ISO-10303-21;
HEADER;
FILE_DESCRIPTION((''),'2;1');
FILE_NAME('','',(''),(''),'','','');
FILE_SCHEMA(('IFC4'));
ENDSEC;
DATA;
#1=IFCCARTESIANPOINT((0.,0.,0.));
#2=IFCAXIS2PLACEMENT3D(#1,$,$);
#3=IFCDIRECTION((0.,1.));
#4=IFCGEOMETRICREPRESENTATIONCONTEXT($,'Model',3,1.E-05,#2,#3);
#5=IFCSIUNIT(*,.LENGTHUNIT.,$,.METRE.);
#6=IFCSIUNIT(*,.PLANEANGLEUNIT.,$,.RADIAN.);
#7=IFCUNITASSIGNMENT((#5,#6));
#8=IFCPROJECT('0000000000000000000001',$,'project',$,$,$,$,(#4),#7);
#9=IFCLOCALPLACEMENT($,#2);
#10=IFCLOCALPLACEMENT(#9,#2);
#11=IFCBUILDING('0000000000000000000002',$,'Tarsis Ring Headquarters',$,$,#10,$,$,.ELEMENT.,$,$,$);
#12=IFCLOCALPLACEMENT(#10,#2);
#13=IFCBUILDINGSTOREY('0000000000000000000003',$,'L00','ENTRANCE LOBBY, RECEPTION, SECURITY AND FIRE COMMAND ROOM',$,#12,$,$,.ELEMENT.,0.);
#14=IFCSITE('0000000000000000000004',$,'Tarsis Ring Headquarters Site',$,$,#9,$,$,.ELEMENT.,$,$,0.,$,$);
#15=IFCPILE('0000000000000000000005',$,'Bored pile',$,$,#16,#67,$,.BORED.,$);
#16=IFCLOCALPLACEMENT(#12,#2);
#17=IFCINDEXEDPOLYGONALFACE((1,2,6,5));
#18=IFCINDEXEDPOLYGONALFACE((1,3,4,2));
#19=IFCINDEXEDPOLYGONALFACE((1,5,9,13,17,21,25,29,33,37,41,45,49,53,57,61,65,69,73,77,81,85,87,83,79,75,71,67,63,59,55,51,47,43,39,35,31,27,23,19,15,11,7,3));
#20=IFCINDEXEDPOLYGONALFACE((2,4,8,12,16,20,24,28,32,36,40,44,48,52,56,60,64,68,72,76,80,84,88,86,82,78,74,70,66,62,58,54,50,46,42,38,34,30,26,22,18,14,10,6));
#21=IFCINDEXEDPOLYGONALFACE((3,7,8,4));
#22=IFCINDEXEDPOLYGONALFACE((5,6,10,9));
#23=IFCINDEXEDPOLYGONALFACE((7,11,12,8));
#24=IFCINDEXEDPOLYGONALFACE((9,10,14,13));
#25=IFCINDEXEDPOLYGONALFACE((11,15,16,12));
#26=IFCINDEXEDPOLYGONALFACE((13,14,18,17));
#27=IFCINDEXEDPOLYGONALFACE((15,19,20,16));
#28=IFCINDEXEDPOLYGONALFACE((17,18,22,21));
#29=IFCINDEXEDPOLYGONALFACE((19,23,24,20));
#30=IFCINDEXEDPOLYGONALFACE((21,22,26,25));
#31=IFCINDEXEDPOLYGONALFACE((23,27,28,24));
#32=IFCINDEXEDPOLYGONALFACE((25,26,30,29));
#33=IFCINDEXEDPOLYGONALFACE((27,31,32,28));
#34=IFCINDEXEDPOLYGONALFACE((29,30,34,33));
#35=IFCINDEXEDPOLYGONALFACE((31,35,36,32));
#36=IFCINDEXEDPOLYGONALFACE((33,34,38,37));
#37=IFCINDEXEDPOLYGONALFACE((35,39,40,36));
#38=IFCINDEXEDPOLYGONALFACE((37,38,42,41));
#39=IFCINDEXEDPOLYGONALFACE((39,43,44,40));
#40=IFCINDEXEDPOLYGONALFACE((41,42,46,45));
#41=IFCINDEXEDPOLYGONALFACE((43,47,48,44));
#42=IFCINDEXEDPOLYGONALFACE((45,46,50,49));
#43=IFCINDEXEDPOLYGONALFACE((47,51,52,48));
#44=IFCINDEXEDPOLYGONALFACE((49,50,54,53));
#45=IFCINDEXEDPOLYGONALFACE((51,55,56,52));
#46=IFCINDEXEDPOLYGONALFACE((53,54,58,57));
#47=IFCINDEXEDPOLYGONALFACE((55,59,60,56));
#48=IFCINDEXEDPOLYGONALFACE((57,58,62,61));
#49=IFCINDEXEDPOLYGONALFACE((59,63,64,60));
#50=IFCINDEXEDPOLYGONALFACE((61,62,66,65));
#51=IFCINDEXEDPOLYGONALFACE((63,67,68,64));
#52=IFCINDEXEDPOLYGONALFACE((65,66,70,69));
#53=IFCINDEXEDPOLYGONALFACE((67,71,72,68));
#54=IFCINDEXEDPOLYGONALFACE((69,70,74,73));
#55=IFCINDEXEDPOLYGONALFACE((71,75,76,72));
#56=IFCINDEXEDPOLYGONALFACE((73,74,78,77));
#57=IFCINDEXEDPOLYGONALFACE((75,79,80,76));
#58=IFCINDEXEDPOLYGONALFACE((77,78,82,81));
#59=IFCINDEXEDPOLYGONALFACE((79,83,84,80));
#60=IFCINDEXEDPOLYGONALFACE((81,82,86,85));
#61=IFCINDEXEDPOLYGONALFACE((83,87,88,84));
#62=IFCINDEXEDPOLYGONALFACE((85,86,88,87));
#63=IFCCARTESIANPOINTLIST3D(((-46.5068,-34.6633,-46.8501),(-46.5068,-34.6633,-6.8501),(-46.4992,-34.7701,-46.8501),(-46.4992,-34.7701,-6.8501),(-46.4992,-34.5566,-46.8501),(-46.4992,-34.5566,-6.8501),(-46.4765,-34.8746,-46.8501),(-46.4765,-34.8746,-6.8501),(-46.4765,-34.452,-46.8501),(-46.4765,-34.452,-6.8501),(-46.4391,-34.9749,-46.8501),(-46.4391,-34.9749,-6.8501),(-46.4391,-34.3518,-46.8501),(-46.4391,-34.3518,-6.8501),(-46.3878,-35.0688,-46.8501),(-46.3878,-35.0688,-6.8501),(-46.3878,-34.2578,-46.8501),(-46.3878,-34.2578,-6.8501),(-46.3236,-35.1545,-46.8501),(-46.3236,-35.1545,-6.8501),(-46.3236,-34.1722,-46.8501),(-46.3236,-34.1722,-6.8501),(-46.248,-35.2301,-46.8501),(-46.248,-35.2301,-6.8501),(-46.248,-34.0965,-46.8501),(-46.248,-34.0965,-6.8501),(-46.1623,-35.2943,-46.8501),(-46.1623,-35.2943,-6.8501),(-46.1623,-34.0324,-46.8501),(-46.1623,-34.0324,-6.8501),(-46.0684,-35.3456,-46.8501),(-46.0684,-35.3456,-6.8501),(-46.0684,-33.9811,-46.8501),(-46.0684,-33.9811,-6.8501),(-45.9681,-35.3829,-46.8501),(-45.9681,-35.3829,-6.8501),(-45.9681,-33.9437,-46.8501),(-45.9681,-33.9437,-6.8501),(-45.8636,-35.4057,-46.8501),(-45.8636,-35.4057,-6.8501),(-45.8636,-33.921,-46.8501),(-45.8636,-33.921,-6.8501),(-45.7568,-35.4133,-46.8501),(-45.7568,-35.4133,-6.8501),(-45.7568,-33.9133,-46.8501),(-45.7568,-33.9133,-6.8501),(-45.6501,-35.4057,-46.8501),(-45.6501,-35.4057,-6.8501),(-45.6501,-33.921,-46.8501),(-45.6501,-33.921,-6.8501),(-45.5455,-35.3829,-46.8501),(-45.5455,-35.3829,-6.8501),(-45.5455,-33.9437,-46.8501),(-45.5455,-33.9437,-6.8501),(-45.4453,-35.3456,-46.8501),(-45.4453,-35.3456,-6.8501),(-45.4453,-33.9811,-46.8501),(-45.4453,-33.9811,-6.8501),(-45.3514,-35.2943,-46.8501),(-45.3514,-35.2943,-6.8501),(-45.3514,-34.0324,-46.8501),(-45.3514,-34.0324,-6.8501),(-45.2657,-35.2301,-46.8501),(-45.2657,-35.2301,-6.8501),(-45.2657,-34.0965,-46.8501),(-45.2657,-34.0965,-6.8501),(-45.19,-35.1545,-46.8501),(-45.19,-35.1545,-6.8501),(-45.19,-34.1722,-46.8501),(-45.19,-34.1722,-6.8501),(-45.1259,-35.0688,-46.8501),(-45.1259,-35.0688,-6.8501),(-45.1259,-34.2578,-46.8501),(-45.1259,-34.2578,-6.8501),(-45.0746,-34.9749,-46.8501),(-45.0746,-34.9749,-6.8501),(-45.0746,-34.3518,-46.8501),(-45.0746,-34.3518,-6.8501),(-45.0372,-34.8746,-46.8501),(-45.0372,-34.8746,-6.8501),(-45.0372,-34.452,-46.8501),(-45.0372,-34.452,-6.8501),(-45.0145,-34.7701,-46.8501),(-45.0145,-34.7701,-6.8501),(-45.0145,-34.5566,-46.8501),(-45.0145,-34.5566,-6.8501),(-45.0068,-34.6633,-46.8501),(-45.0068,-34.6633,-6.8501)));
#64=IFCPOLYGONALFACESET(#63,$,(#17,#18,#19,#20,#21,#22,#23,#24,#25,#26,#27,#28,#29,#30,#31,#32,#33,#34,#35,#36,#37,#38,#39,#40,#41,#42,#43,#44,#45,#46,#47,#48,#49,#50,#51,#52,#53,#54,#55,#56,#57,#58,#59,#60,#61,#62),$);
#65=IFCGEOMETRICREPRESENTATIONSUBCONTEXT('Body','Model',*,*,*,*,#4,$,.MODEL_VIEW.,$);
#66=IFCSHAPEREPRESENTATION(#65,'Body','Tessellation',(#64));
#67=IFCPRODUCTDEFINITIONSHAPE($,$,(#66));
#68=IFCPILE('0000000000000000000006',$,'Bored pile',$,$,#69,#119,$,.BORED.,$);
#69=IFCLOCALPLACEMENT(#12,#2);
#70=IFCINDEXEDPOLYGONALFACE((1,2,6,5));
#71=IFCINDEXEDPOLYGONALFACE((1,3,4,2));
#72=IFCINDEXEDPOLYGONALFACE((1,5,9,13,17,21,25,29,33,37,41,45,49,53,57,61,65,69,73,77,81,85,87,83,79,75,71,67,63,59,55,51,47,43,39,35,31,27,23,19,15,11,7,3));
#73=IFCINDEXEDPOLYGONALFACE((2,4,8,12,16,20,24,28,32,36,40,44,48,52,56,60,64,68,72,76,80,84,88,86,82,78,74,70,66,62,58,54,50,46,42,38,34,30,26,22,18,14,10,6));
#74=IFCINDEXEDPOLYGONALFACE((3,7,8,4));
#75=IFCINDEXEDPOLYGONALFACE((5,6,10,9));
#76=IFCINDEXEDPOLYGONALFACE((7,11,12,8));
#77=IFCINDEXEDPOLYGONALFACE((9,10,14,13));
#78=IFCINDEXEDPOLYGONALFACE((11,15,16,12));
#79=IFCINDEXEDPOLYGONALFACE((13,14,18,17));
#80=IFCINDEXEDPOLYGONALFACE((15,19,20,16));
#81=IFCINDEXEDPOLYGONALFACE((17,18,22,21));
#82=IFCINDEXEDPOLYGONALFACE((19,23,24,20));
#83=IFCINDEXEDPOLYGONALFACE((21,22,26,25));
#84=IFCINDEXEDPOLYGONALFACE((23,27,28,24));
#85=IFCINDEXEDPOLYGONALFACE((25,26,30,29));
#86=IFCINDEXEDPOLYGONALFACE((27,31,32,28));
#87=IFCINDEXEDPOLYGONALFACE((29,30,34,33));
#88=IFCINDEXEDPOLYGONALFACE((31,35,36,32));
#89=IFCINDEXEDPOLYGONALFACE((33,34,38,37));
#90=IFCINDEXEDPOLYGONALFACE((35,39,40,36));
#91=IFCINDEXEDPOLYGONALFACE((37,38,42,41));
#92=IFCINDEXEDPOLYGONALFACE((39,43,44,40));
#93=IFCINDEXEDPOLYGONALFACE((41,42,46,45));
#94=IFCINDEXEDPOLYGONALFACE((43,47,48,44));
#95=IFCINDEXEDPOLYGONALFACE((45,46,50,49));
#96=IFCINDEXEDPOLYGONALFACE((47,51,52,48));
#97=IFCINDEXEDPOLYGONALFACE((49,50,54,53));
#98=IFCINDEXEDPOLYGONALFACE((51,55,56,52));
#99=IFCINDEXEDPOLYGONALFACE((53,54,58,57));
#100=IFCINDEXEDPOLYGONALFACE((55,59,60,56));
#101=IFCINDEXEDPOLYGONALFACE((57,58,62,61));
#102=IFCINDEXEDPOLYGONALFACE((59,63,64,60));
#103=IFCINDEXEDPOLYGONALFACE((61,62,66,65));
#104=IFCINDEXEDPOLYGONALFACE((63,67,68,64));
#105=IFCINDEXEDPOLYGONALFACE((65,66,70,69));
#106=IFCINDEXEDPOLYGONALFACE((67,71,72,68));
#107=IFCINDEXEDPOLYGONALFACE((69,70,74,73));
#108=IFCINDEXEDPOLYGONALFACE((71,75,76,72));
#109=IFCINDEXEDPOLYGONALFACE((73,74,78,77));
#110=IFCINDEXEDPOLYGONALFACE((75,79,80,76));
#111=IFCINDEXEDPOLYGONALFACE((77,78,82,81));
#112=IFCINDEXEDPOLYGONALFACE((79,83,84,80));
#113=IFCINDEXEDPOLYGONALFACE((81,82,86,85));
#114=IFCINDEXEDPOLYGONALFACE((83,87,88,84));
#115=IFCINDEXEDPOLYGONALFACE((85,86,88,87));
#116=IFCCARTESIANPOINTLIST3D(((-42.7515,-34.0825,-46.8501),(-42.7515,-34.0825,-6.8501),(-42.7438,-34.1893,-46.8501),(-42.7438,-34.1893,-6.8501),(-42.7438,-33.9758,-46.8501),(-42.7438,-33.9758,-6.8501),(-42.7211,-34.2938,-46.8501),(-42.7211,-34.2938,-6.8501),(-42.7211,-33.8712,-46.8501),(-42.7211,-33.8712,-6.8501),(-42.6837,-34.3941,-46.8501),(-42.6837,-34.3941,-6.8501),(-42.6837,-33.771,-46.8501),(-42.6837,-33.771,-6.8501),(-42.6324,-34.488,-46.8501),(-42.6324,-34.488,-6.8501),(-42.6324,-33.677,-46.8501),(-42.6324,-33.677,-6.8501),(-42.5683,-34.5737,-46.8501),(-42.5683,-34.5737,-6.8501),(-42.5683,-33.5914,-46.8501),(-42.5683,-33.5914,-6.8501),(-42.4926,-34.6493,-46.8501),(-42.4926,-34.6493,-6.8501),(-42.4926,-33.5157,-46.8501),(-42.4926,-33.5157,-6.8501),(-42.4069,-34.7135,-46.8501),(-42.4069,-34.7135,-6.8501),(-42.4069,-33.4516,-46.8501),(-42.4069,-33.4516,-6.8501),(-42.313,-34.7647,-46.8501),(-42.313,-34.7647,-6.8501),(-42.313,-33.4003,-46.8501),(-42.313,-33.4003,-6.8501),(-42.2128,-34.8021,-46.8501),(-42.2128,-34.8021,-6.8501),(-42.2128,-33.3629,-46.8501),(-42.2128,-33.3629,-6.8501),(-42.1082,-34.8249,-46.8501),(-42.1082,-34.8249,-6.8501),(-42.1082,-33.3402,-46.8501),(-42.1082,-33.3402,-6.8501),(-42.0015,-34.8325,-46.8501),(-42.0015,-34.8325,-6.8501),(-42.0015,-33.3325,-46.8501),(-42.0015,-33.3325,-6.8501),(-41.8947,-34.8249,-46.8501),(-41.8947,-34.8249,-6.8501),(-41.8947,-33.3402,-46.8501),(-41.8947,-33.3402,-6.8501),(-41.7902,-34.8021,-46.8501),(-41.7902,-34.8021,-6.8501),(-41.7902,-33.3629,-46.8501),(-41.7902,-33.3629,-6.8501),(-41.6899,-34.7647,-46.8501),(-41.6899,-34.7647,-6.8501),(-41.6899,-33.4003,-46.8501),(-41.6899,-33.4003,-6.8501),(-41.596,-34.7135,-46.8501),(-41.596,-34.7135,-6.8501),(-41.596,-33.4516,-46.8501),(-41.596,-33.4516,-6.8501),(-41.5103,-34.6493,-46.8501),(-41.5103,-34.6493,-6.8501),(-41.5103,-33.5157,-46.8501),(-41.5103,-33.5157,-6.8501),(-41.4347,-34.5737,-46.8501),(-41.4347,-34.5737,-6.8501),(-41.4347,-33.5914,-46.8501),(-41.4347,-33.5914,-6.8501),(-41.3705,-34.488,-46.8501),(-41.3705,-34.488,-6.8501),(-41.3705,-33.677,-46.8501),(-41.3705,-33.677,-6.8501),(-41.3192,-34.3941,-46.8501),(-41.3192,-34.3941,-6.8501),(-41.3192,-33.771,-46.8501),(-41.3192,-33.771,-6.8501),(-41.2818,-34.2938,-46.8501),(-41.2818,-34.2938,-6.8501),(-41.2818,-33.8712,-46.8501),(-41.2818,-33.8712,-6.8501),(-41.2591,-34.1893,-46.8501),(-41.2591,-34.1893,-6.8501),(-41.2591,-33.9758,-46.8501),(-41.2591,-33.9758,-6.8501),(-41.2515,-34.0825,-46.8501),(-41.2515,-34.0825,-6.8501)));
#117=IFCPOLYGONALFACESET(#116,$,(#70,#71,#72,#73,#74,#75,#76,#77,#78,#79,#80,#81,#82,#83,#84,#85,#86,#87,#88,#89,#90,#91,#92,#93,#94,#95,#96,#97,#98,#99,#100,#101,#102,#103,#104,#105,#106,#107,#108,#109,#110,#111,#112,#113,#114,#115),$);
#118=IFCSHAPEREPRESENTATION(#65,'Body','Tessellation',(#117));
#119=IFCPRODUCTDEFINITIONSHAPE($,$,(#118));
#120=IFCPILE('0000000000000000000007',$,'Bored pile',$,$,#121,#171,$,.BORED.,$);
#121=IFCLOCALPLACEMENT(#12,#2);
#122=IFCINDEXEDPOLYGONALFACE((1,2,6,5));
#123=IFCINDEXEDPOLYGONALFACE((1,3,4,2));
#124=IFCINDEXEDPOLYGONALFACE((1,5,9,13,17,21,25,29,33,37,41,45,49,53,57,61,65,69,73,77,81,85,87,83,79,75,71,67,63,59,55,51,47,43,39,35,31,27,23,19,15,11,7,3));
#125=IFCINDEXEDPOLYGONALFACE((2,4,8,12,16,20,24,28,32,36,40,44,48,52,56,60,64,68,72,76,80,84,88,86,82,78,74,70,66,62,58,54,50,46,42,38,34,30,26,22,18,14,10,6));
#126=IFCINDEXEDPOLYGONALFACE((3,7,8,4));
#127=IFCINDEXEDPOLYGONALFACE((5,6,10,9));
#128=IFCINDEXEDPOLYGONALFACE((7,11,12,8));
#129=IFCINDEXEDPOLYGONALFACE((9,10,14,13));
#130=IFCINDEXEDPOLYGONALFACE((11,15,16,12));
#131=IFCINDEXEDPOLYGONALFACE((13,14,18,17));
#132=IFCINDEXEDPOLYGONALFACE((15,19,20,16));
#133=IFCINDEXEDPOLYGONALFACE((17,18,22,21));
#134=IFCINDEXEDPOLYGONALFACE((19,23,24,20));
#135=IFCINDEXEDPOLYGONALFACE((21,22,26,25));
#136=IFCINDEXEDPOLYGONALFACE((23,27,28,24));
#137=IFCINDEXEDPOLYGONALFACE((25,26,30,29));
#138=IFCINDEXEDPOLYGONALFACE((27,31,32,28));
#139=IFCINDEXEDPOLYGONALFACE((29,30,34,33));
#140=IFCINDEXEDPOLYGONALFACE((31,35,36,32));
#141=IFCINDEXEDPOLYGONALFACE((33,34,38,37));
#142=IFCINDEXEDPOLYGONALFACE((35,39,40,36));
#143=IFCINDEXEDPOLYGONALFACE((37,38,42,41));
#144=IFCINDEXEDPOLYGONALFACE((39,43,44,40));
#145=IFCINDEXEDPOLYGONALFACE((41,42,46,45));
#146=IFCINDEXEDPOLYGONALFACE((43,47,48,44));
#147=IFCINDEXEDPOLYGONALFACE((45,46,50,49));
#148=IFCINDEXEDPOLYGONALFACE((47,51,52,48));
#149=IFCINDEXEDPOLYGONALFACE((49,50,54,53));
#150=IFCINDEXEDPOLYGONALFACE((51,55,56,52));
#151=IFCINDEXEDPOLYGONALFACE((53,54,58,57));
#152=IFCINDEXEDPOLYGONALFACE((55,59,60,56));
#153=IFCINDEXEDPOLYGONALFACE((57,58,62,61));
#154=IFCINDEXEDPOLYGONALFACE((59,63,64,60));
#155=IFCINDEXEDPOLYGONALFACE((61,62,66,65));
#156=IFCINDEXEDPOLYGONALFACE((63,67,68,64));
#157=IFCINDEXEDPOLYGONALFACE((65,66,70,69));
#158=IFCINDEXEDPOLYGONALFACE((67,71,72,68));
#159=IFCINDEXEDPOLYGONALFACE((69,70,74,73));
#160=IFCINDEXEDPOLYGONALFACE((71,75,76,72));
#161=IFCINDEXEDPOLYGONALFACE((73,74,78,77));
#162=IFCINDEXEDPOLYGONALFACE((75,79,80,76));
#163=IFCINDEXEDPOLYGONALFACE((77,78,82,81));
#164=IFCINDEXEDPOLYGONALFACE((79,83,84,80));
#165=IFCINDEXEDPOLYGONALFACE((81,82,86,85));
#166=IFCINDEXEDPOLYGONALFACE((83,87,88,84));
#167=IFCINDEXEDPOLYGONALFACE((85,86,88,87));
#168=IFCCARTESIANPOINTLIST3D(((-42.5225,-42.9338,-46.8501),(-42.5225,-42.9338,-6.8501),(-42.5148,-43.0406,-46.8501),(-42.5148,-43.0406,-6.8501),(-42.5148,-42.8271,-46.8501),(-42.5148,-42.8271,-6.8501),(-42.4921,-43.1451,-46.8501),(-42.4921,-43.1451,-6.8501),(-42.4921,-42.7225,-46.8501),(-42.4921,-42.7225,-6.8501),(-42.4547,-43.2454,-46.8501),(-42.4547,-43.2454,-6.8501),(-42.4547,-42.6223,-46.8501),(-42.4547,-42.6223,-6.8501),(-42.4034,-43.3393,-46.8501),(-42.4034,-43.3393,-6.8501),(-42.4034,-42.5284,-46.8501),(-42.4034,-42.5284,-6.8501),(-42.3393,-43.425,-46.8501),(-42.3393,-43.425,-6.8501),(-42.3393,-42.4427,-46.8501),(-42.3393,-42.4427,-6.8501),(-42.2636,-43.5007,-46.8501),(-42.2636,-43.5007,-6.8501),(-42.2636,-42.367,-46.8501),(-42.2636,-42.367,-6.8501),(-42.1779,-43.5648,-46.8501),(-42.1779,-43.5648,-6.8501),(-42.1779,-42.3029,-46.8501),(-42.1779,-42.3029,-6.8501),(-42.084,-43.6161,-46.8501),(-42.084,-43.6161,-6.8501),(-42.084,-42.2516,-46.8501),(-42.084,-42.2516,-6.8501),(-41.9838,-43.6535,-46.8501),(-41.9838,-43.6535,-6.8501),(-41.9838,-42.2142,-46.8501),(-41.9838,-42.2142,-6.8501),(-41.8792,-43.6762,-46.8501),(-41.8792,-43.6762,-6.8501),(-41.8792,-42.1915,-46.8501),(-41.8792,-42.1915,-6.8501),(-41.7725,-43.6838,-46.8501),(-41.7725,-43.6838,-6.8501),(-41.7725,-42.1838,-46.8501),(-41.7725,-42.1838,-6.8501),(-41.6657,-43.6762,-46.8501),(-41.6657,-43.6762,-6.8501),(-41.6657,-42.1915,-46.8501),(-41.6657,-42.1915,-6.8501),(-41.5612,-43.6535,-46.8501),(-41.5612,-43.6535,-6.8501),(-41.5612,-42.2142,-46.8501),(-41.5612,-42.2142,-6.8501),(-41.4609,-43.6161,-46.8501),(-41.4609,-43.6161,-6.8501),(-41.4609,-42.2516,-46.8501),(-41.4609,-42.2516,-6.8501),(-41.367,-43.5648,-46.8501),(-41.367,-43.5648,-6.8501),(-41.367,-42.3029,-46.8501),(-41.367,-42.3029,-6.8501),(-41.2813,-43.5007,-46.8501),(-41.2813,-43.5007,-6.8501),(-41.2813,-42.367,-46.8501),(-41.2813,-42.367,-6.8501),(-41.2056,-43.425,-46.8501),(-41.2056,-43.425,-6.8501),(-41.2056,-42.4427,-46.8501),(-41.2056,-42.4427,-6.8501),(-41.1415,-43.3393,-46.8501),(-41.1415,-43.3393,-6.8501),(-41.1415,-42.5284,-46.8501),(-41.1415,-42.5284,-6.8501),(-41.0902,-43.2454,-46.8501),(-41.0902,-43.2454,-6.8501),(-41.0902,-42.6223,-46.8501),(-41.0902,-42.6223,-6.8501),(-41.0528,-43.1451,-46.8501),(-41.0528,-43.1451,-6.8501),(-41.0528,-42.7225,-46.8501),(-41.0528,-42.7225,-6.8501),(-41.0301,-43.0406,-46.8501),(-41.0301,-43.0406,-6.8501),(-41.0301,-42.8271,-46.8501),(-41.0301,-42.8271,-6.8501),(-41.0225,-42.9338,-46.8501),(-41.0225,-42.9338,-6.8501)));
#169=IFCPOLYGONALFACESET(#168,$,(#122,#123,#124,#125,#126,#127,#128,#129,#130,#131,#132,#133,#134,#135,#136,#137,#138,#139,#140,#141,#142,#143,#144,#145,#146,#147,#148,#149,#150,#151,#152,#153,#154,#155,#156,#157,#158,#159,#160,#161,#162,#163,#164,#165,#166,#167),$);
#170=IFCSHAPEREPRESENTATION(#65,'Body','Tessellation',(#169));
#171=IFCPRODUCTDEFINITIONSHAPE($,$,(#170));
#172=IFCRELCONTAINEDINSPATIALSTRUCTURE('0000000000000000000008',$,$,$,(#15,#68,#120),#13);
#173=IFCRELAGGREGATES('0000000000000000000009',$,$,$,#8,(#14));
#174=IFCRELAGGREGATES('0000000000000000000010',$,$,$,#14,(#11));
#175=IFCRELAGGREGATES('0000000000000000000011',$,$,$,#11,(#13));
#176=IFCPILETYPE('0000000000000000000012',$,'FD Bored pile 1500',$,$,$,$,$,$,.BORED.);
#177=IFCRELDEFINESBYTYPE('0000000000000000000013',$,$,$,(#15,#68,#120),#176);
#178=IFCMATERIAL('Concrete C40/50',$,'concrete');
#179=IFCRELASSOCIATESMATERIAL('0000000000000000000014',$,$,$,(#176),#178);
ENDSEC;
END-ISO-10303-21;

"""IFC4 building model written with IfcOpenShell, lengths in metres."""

from ifc_helpers import new_model, si_unit, direction, frame, origin, origin_2d, place, context, subcontext, project, spatial, circle, extrude, material, material_profile, profile_set, type_object, element, save


model = new_model("IFC4")

# Units and contexts
model_context = context("Model", 3, precision=1e-05, world=origin(), true_north=direction((0.0, 1.0)))
body_context = subcontext(model_context, "Body", "Model", "MODEL_VIEW")
ifc_project = project(units=[si_unit("LENGTHUNIT", "METRE"), si_unit("PLANEANGLEUNIT", "RADIAN")], contexts=[model_context])

# Site, building, storey
site_placement = place(None, origin())
site = spatial("IfcSite", under=ifc_project, at=site_placement, Name="Tarsis Ring Headquarters Site", CompositionType="ELEMENT", RefElevation=0.0)
building_placement = place(site_placement, origin())
building = spatial("IfcBuilding", under=site, at=building_placement, Name="Tarsis Ring Headquarters", CompositionType="ELEMENT")
storey_placement = place(building_placement, origin())
storey = spatial("IfcBuildingStorey", under=building, at=storey_placement, Name="L00", Description="ENTRANCE LOBBY, RECEPTION, SECURITY AND FIRE COMMAND ROOM", CompositionType="ELEMENT", Elevation=0.0)

# Piles
ifc_material_1 = material(Name="Concrete C40/50", Category="concrete")
ifc_material_profile_1 = material_profile(ifc_material_1, circle(Radius=0.75, at=origin_2d()), Name="BORED 1500")
ifc_profile_set_1 = profile_set([ifc_material_profile_1], Name="Concrete C40/50")
pile_type = type_object("IfcPileType", Name="FD Bored pile 1500", PredefinedType="BORED", material=ifc_profile_set_1)
for number, where, z_axis, x_axis, name in (
    (1, (-45.7568, -34.6633, -6.8501), (0.0, 0.0, -1.0), (1.0, 0.0, 0.0), "Bored pile"),
    (2, (-42.0015, -34.0825, -6.8501), (0.0, 0.0, -1.0), (1.0, 0.0, 0.0), "Bored pile"),
    (3, (-41.7725, -42.9338, -6.8501), (0.0, 0.0, -1.0), (1.0, 0.0, 0.0), "Bored pile"),
):
    element("IfcPile", number, at=place(storey_placement, frame(where, z_axis=z_axis, x_axis=x_axis)), inside=storey, type_object=pile_type, Name=name, PredefinedType="BORED", context=body_context, shape_type="SweptSolid", body=[
        extrude(circle(Radius=0.75, at=origin_2d()), origin(), (0.0, 0.0, 1.0), 40.0),
    ])

save(model, "model.ifc")
